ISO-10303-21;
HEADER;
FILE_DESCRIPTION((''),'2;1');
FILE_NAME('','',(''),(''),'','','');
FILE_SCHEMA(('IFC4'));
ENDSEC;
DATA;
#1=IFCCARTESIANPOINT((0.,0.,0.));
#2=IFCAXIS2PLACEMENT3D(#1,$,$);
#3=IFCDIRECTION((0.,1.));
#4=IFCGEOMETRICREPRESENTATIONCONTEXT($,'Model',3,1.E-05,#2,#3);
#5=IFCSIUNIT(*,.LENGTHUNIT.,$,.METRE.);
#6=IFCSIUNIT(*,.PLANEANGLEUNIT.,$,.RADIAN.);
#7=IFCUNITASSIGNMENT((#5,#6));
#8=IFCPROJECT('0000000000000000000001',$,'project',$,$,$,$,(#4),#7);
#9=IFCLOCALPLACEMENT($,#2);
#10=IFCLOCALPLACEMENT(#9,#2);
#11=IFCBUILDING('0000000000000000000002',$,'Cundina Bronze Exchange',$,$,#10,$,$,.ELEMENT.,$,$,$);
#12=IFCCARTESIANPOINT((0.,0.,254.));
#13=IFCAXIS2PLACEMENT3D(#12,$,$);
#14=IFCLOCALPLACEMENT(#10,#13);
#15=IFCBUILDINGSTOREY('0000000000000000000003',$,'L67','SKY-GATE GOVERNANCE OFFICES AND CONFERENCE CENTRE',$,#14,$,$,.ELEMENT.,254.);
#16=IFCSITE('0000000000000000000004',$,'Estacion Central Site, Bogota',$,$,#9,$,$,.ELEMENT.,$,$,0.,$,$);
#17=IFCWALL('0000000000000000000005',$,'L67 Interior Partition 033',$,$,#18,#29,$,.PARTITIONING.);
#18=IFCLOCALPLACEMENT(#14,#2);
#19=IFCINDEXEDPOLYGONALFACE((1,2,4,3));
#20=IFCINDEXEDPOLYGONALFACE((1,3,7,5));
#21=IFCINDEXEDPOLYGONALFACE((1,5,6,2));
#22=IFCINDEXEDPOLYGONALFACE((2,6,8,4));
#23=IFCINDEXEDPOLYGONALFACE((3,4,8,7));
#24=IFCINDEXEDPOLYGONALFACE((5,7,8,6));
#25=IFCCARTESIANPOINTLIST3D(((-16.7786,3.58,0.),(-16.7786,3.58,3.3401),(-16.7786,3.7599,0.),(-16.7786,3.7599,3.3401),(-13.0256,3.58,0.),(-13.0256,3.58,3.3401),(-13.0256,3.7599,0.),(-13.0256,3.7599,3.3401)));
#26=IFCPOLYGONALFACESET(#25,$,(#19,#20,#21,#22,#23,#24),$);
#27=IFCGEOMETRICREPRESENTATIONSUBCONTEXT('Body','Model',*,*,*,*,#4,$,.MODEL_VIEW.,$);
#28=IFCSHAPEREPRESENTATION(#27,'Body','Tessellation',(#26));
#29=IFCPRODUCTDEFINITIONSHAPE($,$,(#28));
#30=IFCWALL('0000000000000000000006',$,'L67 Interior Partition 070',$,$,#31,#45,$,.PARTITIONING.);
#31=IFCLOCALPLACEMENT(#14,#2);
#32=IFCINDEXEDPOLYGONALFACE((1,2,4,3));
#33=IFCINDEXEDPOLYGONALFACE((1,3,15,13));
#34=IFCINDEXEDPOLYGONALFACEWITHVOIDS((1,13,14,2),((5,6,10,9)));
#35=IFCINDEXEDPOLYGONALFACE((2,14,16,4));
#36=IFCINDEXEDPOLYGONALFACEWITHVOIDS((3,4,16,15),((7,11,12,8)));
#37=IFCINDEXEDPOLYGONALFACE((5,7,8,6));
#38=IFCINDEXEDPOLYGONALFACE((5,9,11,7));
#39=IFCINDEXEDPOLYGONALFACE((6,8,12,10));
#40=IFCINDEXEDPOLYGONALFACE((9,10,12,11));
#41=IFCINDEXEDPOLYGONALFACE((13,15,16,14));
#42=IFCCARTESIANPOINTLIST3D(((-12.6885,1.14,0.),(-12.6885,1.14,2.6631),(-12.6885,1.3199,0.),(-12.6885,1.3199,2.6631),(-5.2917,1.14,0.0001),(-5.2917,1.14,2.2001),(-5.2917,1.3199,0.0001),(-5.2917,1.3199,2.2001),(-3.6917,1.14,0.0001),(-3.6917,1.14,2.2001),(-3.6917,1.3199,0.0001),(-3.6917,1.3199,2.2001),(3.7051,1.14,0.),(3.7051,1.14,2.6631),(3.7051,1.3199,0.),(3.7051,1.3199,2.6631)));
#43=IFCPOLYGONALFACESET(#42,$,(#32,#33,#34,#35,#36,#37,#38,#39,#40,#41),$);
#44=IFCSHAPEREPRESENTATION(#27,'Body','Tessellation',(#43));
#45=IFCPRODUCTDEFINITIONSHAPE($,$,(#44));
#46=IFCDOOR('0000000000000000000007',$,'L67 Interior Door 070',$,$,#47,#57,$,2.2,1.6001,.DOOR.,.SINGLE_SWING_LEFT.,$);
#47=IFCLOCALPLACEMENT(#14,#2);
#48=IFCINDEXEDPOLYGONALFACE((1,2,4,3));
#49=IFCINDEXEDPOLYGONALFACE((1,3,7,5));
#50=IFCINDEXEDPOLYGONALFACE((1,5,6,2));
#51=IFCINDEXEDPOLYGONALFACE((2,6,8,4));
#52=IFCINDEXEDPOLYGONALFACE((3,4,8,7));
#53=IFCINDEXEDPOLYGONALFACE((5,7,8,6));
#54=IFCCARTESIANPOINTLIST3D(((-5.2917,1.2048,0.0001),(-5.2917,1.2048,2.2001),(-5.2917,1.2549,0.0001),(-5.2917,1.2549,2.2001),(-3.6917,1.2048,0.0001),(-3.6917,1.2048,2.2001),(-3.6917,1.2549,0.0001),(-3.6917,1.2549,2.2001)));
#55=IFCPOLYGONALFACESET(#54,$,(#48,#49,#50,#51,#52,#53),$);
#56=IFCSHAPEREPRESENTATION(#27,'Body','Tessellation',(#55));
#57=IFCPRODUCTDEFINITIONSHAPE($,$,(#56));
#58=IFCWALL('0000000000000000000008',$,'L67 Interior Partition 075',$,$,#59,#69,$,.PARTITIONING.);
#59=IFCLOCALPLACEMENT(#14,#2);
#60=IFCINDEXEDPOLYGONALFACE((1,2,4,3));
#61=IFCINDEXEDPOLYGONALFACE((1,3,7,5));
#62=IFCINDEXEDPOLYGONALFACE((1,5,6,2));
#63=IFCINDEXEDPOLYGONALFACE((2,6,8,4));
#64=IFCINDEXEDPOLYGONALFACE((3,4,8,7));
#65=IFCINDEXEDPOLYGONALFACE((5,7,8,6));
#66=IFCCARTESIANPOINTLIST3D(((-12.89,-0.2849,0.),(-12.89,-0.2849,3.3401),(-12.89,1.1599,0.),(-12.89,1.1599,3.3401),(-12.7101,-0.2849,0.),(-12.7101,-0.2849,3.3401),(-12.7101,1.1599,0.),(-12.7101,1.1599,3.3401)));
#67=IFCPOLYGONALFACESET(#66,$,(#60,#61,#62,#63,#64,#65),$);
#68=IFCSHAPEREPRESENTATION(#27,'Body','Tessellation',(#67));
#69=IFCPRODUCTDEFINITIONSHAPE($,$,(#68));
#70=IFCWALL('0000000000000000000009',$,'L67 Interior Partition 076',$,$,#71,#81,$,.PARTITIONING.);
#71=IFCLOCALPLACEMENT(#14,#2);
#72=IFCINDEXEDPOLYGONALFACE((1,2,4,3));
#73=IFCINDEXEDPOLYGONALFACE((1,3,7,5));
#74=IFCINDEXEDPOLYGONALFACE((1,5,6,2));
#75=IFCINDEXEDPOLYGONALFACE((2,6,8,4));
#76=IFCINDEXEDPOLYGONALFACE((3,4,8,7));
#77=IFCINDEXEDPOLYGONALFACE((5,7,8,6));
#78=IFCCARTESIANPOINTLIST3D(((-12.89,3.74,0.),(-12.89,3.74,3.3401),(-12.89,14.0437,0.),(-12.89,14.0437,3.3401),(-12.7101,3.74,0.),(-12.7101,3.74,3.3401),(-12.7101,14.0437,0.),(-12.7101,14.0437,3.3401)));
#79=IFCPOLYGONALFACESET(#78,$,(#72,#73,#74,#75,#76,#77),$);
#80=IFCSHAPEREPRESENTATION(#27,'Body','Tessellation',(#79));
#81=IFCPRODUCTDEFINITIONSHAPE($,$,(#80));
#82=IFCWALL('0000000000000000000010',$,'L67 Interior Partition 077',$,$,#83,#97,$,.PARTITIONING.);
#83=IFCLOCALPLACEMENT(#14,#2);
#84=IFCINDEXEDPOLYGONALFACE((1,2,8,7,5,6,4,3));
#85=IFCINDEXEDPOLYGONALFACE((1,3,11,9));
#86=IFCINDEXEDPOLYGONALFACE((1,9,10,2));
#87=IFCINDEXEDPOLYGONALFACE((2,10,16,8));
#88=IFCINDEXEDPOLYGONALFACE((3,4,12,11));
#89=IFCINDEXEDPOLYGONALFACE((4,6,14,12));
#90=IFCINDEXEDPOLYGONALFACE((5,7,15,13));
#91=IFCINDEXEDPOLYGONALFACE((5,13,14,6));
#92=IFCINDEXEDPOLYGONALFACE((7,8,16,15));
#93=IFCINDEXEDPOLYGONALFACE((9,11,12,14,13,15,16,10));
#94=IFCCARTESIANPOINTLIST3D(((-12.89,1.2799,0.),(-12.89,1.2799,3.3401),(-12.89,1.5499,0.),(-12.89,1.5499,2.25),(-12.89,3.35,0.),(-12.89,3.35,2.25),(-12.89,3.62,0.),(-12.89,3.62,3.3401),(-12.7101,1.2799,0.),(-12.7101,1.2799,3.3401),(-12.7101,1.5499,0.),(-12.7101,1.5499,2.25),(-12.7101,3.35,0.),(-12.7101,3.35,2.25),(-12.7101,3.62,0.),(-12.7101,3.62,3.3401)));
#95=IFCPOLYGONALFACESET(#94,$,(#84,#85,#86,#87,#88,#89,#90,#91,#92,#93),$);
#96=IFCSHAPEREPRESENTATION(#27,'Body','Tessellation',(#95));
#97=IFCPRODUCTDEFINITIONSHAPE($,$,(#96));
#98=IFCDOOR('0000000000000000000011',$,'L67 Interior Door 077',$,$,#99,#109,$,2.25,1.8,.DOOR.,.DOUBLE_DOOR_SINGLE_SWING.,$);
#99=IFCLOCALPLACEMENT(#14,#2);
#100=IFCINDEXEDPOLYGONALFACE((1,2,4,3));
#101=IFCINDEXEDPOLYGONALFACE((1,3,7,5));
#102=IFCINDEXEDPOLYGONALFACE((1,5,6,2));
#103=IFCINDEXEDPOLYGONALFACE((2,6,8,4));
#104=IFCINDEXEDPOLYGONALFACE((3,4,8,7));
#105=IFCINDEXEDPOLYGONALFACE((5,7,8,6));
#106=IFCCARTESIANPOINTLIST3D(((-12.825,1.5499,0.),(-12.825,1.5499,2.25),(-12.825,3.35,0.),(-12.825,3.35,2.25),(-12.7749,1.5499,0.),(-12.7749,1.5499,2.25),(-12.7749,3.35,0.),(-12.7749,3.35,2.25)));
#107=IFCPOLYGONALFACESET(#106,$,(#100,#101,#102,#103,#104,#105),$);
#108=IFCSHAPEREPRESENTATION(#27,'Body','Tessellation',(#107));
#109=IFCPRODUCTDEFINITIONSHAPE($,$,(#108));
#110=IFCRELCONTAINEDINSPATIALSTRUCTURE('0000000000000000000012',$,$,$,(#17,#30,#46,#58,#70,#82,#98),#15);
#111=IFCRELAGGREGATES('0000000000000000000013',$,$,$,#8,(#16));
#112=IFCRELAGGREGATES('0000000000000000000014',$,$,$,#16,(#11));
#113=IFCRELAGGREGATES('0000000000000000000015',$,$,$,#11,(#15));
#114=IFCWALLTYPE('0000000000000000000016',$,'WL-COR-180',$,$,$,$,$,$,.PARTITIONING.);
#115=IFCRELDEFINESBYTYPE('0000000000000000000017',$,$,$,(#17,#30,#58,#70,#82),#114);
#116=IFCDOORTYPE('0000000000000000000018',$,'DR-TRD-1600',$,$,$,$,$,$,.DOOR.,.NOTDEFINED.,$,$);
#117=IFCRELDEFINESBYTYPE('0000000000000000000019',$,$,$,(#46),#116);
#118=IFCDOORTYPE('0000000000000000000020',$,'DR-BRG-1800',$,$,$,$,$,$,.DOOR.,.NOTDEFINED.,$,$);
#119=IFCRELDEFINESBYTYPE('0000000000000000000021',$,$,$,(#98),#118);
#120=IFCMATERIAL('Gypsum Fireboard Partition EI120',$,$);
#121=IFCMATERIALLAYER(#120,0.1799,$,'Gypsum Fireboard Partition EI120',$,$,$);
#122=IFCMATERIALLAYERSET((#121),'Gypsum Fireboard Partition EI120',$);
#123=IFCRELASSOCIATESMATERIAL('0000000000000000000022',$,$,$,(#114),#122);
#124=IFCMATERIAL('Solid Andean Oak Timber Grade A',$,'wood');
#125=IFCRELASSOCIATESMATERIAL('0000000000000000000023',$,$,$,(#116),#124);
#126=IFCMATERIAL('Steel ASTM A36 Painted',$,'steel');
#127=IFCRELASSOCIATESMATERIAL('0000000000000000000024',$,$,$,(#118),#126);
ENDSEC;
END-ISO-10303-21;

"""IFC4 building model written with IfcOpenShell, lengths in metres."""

from ifc_helpers import new_model, si_unit, direction, frame, frame_2d, origin, place, context, subcontext, project, spatial, rectangle, extrude, material, layer, layer_set, type_object, element, fill, save


model = new_model("IFC4")

# Units and contexts
model_context = context("Model", 3, precision=1e-05, world=origin(), true_north=direction((0.0, 1.0)))
body_context = subcontext(model_context, "Body", "Model", "MODEL_VIEW")
ifc_project = project(units=[si_unit("LENGTHUNIT", "METRE"), si_unit("PLANEANGLEUNIT", "RADIAN")], contexts=[model_context])

# Site, building, storey
site_placement = place(None, origin())
site = spatial("IfcSite", under=ifc_project, at=site_placement, Name="Estacion Central Site, Bogota", CompositionType="ELEMENT", RefElevation=0.0)
building_placement = place(site_placement, origin())
building = spatial("IfcBuilding", under=site, at=building_placement, Name="Cundina Bronze Exchange", CompositionType="ELEMENT")
storey_placement = place(building_placement, frame((0.0, 0.0, 254.0)))
storey = spatial("IfcBuildingStorey", under=building, at=storey_placement, Name="L67", Description="SKY-GATE GOVERNANCE OFFICES AND CONFERENCE CENTRE", CompositionType="ELEMENT", Elevation=254.0)

# Wall
ifc_material_1 = material(Name="Gypsum Fireboard Partition EI120")
ifc_layer = layer(ifc_material_1, 0.1799, Name="Gypsum Fireboard Partition EI120")
ifc_layer_set = layer_set([ifc_layer], Name="Gypsum Fireboard Partition EI120")
wall_type = type_object("IfcWallType", Name="WL-COR-180", PredefinedType="PARTITIONING", material=ifc_layer_set)
wall_1_placement = place(storey_placement, frame((-13.0256, 3.6699, 0.0), z_axis=(0.0, 0.0, 1.0), x_axis=(-1.0, 0.0, 0.0)))
element("IfcWall", 1, at=wall_1_placement, inside=storey, type_object=wall_type, Name="L67 Interior Partition 033", PredefinedType="PARTITIONING", context=body_context, shape_type="SweptSolid", body=[
    extrude(rectangle(XDim=3.7529, YDim=0.1799, at=frame_2d((1.8765, 0.0))), origin(), (0.0, 0.0, 1.0), 3.3401),
])

# Wall, opening, door
wall_2_placement = place(storey_placement, frame((-12.6885, 1.23, 0.0), z_axis=(0.0, 0.0, 1.0), x_axis=(1.0, 0.0, 0.0)))
wall_2 = element("IfcWall", 2, at=wall_2_placement, inside=storey, type_object=wall_type, Name="L67 Interior Partition 070", PredefinedType="PARTITIONING", context=body_context, shape_type="SweptSolid", body=[
    extrude(rectangle(XDim=16.3936, YDim=0.1799, at=frame_2d((8.1968, 0.0))), origin(), (0.0, 0.0, 1.0), 2.6631),
])
opening_1_placement = place(wall_2_placement, frame((7.3967, 0.0, 0.0)))
opening_1 = element("IfcOpeningElement", 3, at=opening_1_placement, cuts=wall_2, PredefinedType="OPENING", context=body_context, shape_type="SweptSolid", body=[
    extrude(rectangle(XDim=1.6001, YDim=2.2, at=frame_2d((0.8, 1.1001))), frame((0.0, 0.0999, 0.0), z_axis=(0.0, -1.0, 0.0), x_axis=(1.0, 0.0, 0.0)), (0.0, 0.0, 1.0), 0.2),
])
ifc_material_2 = material(Name="Solid Andean Oak Timber Grade A", Category="wood")
door_type_1 = type_object("IfcDoorType", Name="DR-TRD-1600", OperationType="NOTDEFINED", PredefinedType="DOOR", material=ifc_material_2)
door_1_placement = place(opening_1_placement, origin())
door_1 = element("IfcDoor", 4, at=door_1_placement, inside=storey, type_object=door_type_1, Name="L67 Interior Door 070", OperationType="SINGLE_SWING_LEFT", OverallHeight=2.2, OverallWidth=1.6001, PredefinedType="DOOR", context=body_context, shape_type="SweptSolid", body=[
    extrude(rectangle(XDim=1.6001, YDim=2.2, at=frame_2d((0.8, 1.1001))), frame((0.0, 0.0249, 0.0), z_axis=(0.0, -1.0, 0.0), x_axis=(1.0, 0.0, 0.0)), (0.0, 0.0, 1.0), 0.05),
])
fill(opening_1, door_1)

# Walls
wall_3_placement = place(storey_placement, frame((-12.8, -0.2849, 0.0), z_axis=(0.0, 0.0, 1.0), x_axis=(0.0, 1.0, 0.0)))
element("IfcWall", 5, at=wall_3_placement, inside=storey, type_object=wall_type, Name="L67 Interior Partition 075", PredefinedType="PARTITIONING", context=body_context, shape_type="SweptSolid", body=[
    extrude(rectangle(XDim=1.4448, YDim=0.1799, at=frame_2d((0.7224, 0.0))), origin(), (0.0, 0.0, 1.0), 3.3401),
])
wall_4_placement = place(storey_placement, frame((-12.8, 3.74, 0.0), z_axis=(0.0, 0.0, 1.0), x_axis=(0.0, 1.0, 0.0)))
element("IfcWall", 6, at=wall_4_placement, inside=storey, type_object=wall_type, Name="L67 Interior Partition 076", PredefinedType="PARTITIONING", context=body_context, shape_type="SweptSolid", body=[
    extrude(rectangle(XDim=10.3037, YDim=0.1799, at=frame_2d((5.1519, 0.0))), origin(), (0.0, 0.0, 1.0), 3.3401),
])

# Wall, opening, door
wall_5_placement = place(storey_placement, frame((-12.8, 1.28, 0.0), z_axis=(0.0, 0.0, 1.0), x_axis=(0.0, 1.0, 0.0)))
wall_5 = element("IfcWall", 7, at=wall_5_placement, inside=storey, type_object=wall_type, Name="L67 Interior Partition 077", PredefinedType="PARTITIONING", context=body_context, shape_type="SweptSolid", body=[
    extrude(rectangle(XDim=2.3401, YDim=0.1799, at=frame_2d((1.1699, 0.0))), origin(), (0.0, 0.0, 1.0), 3.3401),
])
opening_2_placement = place(wall_5_placement, frame((0.27, 0.0, 0.0)))
opening_2 = element("IfcOpeningElement", 8, at=opening_2_placement, cuts=wall_5, PredefinedType="OPENING", context=body_context, shape_type="SweptSolid", body=[
    extrude(rectangle(XDim=1.8, YDim=2.25, at=frame_2d((0.8999, 1.125))), frame((0.0, 0.0999, 0.0), z_axis=(0.0, -1.0, 0.0), x_axis=(1.0, 0.0, 0.0)), (0.0, 0.0, 1.0), 0.2),
])
ifc_material_3 = material(Name="Steel ASTM A36 Painted", Category="steel")
door_type_2 = type_object("IfcDoorType", Name="DR-BRG-1800", OperationType="NOTDEFINED", PredefinedType="DOOR", material=ifc_material_3)
door_2_placement = place(opening_2_placement, origin())
door_2 = element("IfcDoor", 9, at=door_2_placement, inside=storey, type_object=door_type_2, Name="L67 Interior Door 077", OperationType="DOUBLE_DOOR_SINGLE_SWING", OverallHeight=2.25, OverallWidth=1.8, PredefinedType="DOOR", context=body_context, shape_type="SweptSolid", body=[
    extrude(rectangle(XDim=1.8, YDim=2.25, at=frame_2d((0.8999, 1.125))), frame((0.0, 0.0249, 0.0), z_axis=(0.0, -1.0, 0.0), x_axis=(1.0, 0.0, 0.0)), (0.0, 0.0, 1.0), 0.05),
])
fill(opening_2, door_2)

save(model, "model.ifc")
